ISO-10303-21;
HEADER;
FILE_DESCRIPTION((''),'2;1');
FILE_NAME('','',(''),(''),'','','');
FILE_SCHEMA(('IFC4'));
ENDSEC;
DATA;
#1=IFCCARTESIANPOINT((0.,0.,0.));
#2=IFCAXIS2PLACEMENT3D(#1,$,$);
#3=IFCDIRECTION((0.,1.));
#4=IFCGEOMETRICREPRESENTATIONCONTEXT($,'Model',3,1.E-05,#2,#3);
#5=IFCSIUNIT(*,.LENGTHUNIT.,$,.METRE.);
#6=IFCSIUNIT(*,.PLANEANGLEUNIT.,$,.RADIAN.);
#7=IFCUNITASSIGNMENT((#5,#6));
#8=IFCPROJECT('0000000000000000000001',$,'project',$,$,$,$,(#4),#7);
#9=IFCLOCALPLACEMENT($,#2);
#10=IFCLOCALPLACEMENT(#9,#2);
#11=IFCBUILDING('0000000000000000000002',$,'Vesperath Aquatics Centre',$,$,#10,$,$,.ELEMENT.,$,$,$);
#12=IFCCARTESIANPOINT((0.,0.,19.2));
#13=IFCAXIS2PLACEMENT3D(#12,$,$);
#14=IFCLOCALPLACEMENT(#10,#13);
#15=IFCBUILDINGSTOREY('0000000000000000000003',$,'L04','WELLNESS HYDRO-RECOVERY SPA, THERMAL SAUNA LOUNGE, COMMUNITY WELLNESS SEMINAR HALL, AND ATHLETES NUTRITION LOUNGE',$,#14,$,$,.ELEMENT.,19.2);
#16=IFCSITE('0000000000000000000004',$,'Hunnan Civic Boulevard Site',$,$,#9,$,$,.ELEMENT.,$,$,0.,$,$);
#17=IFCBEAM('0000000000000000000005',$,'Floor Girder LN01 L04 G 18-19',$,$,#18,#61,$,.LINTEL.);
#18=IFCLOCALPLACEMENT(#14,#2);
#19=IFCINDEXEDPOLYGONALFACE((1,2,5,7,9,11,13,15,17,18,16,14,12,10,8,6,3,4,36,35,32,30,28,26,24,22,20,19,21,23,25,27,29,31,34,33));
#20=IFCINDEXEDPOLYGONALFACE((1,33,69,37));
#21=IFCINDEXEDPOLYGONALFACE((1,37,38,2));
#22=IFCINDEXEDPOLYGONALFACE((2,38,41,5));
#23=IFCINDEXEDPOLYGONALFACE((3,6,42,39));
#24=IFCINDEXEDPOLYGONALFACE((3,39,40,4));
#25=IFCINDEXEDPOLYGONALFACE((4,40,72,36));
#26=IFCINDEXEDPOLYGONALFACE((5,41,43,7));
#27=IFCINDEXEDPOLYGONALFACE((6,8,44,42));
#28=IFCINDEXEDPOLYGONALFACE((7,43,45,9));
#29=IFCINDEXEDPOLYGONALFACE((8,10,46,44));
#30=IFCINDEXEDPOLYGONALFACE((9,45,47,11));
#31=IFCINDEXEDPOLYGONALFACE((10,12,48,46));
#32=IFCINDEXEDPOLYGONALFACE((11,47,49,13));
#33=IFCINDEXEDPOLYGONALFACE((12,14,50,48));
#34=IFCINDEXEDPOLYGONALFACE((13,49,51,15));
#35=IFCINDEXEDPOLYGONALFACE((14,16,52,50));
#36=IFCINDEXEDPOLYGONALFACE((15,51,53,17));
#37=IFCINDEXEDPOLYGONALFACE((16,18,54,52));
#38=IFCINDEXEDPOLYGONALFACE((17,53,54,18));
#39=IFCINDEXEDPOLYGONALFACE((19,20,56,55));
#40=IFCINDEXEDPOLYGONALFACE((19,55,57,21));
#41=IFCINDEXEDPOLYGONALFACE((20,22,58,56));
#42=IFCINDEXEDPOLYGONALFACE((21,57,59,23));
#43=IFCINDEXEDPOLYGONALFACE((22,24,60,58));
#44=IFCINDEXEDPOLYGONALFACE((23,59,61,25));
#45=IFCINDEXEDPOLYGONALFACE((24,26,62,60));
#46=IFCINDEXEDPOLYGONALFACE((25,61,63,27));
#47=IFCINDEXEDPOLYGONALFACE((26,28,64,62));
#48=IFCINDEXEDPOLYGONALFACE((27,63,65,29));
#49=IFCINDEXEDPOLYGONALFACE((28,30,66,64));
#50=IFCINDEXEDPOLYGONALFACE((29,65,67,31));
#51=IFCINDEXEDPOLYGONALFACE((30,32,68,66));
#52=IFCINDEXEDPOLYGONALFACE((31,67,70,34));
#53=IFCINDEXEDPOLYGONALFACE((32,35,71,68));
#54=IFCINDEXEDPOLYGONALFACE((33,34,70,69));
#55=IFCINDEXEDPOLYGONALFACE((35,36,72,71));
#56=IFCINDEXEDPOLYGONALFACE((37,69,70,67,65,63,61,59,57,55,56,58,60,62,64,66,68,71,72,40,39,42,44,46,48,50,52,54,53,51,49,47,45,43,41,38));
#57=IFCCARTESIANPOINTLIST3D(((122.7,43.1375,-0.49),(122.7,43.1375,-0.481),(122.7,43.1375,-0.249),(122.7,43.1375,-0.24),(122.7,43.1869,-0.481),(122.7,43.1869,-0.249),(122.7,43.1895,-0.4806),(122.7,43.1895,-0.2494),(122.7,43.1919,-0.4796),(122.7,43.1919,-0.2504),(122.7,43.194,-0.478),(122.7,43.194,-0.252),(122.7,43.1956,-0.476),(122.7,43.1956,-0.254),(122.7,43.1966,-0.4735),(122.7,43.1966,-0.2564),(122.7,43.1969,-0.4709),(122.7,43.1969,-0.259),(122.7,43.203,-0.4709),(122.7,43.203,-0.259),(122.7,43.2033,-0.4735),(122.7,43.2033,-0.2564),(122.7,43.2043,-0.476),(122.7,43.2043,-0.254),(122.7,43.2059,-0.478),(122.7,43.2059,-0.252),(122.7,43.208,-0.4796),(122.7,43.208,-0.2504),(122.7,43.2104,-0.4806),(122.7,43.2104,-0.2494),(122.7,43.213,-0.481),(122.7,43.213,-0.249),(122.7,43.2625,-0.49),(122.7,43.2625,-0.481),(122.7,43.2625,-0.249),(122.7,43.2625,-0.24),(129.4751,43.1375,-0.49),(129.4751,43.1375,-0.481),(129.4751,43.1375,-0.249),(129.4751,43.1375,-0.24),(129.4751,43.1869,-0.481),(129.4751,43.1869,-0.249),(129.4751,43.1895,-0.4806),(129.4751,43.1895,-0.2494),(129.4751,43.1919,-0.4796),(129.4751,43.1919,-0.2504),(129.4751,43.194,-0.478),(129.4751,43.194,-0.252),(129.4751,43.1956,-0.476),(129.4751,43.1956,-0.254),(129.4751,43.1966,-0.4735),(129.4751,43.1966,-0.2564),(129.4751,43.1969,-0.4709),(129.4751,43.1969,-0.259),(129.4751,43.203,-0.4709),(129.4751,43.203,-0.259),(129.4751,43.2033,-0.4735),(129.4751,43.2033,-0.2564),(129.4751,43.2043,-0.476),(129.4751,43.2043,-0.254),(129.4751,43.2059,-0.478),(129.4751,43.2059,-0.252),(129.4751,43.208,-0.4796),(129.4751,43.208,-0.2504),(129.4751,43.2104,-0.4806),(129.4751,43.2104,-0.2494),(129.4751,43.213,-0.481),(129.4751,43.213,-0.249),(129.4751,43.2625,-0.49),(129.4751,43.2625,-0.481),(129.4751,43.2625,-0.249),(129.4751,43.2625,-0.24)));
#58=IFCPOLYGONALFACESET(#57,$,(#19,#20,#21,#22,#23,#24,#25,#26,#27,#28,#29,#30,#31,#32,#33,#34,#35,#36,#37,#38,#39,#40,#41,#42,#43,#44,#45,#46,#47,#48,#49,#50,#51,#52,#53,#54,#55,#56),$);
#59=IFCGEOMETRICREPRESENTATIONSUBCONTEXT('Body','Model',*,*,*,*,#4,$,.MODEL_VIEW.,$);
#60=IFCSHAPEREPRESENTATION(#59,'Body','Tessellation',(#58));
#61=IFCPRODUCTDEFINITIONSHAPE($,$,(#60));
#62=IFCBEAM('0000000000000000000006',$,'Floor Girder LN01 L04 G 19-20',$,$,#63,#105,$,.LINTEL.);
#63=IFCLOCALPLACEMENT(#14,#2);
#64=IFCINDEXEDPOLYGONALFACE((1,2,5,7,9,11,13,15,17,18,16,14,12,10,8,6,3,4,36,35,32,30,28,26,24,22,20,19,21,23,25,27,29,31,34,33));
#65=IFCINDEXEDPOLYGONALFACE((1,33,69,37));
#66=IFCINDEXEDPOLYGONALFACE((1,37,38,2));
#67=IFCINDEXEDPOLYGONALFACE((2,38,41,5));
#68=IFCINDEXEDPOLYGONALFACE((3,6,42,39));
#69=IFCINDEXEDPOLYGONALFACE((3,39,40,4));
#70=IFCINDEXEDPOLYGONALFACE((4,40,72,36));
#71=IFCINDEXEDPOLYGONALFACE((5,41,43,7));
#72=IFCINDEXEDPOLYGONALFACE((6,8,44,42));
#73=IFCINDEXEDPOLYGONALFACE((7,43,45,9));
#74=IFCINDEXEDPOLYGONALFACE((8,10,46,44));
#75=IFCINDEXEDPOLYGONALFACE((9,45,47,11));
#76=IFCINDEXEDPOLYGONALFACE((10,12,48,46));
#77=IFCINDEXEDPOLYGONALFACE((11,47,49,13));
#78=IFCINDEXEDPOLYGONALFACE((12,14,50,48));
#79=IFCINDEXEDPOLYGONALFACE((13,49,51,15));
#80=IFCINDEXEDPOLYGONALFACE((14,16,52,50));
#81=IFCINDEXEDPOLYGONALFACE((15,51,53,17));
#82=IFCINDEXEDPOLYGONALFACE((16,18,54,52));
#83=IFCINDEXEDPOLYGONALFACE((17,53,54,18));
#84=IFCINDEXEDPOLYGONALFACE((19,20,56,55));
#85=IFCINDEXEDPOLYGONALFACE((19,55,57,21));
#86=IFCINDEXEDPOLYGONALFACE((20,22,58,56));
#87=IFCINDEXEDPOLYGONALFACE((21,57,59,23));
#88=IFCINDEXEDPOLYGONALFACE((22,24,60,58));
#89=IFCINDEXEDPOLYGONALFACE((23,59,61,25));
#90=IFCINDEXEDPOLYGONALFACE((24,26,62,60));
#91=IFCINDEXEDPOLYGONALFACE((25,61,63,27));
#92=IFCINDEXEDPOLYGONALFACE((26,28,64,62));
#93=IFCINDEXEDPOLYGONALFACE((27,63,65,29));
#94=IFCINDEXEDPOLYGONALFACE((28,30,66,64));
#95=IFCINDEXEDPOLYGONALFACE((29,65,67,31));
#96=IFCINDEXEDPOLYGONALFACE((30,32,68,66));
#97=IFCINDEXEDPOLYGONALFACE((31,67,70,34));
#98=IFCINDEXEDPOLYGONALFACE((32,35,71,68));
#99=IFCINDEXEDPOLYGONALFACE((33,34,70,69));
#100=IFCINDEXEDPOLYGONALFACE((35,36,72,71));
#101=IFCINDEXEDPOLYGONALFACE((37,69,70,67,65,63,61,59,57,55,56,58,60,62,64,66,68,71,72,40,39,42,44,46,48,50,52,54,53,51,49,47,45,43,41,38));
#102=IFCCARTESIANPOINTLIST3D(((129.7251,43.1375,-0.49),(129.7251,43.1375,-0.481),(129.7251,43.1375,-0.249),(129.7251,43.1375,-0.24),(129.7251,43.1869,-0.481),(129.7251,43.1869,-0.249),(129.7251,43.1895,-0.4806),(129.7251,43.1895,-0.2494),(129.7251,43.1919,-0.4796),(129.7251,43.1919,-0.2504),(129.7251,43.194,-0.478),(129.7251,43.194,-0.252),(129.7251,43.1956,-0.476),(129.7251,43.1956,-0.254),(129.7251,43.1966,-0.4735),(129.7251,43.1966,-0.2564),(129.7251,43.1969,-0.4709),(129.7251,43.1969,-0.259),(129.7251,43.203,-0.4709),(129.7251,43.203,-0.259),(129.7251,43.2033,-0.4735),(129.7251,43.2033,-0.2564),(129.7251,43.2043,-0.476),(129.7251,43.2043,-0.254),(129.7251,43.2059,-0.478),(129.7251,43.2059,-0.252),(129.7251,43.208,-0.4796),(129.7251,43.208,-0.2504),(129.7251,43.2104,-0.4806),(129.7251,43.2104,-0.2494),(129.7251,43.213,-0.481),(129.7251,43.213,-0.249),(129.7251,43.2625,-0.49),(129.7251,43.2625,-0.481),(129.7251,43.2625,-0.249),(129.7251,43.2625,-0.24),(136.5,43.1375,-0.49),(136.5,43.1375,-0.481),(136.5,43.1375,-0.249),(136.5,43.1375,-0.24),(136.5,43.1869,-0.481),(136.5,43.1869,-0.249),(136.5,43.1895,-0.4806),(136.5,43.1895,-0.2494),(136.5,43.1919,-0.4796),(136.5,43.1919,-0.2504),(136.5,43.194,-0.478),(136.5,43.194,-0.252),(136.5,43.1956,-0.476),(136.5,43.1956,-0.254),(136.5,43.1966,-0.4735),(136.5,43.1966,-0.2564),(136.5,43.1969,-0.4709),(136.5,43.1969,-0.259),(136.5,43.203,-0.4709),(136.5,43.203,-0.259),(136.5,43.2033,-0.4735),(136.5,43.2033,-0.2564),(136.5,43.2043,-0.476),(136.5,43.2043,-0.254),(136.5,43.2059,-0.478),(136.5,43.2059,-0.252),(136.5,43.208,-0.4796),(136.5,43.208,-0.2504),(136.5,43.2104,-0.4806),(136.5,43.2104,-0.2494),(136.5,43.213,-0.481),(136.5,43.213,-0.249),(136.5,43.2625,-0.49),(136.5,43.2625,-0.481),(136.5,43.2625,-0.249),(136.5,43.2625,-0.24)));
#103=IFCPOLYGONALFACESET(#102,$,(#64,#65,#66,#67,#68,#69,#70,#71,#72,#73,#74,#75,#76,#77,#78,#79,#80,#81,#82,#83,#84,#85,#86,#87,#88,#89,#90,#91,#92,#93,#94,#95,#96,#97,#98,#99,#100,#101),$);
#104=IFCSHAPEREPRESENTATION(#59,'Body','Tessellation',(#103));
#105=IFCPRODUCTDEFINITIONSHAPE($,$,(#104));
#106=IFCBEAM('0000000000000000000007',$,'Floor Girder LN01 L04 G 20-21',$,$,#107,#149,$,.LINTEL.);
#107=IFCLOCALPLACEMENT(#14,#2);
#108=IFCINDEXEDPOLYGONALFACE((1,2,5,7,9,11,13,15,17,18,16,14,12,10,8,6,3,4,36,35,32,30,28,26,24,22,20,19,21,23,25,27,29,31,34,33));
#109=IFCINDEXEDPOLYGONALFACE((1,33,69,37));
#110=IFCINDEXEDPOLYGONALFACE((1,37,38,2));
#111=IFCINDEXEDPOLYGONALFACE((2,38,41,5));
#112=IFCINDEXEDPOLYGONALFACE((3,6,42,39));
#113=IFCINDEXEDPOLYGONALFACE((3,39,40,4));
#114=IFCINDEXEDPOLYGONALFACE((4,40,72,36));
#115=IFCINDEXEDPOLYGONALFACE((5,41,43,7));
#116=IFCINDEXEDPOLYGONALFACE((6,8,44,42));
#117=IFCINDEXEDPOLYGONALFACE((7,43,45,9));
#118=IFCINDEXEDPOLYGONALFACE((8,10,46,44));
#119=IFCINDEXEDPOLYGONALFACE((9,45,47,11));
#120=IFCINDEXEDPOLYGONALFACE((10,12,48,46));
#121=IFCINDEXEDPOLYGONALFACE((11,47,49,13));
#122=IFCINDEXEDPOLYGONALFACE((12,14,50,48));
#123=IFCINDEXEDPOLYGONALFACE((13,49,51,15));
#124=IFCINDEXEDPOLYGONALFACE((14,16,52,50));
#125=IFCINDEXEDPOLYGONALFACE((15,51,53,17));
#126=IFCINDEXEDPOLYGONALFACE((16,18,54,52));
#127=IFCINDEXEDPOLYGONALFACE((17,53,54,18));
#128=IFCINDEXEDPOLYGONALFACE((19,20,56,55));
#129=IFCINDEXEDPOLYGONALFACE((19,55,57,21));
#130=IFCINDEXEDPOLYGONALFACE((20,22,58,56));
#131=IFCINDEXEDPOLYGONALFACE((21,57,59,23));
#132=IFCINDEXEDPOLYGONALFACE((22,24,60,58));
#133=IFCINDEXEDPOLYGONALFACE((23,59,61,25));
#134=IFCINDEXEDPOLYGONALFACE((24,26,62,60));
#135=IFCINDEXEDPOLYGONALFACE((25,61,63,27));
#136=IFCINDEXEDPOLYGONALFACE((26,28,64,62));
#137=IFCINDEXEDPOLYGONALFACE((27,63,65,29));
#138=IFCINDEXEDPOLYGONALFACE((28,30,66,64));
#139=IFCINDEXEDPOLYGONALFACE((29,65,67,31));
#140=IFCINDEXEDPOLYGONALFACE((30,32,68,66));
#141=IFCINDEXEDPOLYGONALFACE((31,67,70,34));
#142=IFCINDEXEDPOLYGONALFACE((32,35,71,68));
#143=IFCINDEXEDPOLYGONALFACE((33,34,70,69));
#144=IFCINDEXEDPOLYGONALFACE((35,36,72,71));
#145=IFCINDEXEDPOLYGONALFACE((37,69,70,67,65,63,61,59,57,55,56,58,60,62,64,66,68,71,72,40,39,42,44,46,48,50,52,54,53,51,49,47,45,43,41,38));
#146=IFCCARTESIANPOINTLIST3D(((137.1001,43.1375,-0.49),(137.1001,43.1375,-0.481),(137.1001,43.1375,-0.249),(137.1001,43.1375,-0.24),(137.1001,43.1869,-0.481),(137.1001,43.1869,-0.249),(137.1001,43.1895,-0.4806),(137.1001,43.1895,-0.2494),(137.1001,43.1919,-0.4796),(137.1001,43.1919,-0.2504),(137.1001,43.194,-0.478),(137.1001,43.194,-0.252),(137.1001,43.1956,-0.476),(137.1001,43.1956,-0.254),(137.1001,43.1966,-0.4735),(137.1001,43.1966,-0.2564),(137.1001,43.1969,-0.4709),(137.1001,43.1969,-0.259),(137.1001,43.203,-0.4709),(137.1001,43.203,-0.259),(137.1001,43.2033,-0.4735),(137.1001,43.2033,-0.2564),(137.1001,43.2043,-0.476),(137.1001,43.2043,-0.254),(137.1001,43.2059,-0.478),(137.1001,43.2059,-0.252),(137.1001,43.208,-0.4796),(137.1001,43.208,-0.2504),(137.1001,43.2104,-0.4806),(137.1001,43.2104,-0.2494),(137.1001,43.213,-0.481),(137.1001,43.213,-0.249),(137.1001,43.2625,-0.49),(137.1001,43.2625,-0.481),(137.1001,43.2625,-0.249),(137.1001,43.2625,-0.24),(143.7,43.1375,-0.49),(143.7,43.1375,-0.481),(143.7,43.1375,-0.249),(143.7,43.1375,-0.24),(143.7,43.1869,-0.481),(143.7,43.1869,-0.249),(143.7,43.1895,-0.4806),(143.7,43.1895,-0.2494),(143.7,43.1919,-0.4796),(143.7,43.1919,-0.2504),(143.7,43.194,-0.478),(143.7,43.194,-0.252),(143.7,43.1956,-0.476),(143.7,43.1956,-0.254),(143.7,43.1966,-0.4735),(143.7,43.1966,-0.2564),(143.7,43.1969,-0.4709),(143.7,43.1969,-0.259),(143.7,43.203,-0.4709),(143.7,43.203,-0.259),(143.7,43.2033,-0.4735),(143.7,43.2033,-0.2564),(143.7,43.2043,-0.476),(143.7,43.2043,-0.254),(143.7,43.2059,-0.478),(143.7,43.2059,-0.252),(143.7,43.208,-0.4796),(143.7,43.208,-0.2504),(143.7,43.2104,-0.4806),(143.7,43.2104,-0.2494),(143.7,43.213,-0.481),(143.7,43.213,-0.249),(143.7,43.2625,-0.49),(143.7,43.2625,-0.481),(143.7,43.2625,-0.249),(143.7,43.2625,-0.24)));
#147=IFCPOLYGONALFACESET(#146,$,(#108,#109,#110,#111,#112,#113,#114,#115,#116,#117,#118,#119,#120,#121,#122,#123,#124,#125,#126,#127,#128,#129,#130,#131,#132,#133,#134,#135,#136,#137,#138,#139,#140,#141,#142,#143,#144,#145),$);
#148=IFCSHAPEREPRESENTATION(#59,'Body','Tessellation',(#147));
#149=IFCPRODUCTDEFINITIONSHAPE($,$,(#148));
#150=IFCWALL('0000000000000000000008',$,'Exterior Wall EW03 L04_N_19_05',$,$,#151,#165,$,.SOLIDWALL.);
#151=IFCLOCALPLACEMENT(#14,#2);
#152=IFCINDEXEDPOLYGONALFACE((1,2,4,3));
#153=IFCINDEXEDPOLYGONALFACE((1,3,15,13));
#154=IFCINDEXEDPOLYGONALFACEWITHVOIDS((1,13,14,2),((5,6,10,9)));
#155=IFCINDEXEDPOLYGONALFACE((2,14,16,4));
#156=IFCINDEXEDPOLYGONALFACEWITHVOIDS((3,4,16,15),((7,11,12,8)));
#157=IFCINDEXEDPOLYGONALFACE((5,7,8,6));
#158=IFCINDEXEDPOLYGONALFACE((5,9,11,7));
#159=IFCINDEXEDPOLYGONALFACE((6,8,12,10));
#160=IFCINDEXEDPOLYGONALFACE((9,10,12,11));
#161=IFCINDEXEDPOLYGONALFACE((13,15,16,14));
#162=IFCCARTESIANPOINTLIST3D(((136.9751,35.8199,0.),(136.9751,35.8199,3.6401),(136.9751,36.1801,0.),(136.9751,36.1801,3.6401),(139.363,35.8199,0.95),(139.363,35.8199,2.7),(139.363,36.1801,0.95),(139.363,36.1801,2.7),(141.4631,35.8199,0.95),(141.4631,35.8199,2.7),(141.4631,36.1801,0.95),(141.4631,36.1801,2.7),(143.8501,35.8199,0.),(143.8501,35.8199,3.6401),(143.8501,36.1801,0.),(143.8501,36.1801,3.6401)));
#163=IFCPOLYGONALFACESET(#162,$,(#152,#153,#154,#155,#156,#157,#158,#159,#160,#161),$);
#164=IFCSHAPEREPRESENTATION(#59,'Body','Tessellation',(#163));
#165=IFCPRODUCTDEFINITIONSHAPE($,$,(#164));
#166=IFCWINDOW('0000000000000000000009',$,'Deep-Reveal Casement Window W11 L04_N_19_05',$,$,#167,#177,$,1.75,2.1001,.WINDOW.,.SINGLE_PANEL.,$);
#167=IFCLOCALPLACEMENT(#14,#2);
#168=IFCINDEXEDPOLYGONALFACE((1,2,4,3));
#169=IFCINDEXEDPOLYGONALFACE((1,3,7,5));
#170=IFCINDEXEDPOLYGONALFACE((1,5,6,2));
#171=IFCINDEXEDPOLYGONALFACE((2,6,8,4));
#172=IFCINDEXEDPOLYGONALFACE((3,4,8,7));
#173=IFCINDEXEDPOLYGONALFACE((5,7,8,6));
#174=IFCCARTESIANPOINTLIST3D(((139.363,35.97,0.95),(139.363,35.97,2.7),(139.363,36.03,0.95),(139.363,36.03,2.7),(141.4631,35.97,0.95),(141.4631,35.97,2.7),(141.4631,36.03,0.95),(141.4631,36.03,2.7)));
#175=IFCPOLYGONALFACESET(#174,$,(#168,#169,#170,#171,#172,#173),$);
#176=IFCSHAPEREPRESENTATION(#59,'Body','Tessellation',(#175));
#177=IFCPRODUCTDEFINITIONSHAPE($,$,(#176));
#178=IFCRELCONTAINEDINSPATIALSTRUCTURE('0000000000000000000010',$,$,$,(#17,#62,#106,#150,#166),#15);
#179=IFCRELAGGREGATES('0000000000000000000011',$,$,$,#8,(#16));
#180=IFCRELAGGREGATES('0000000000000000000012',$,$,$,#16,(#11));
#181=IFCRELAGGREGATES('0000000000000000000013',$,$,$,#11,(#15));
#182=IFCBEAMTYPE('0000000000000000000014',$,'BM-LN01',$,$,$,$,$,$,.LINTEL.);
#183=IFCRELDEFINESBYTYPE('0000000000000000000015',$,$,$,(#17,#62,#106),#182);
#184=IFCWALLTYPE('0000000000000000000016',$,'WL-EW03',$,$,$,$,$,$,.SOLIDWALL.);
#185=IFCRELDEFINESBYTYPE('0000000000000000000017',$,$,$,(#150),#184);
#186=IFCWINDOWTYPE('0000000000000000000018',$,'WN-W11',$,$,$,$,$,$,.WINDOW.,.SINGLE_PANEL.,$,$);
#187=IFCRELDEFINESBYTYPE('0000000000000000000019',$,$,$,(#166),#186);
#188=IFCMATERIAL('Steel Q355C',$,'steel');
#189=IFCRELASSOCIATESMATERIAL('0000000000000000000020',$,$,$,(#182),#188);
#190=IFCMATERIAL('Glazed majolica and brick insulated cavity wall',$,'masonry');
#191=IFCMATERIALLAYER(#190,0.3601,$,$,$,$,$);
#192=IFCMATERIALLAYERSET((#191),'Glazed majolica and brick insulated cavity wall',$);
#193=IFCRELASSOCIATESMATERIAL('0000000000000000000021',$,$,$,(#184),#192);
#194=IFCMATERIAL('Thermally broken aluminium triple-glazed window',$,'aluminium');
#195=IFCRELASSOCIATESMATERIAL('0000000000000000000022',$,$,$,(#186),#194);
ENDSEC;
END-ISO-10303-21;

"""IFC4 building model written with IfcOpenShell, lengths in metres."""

from ifc_helpers import new_model, si_unit, direction, frame, frame_2d, origin, origin_2d, place, context, subcontext, project, spatial, rectangle, i_section, extrude, material, layer, layer_set, material_profile, profile_set, type_object, element, fill, save


model = new_model("IFC4")

# Units and contexts
model_context = context("Model", 3, precision=1e-05, world=origin(), true_north=direction((0.0, 1.0)))
body_context = subcontext(model_context, "Body", "Model", "MODEL_VIEW")
ifc_project = project(units=[si_unit("LENGTHUNIT", "METRE"), si_unit("PLANEANGLEUNIT", "RADIAN")], contexts=[model_context])

# Site, building, storey
site_placement = place(None, origin())
site = spatial("IfcSite", under=ifc_project, at=site_placement, Name="Hunnan Civic Boulevard Site", CompositionType="ELEMENT", RefElevation=0.0)
building_placement = place(site_placement, origin())
building = spatial("IfcBuilding", under=site, at=building_placement, Name="Vesperath Aquatics Centre", CompositionType="ELEMENT")
storey_placement = place(building_placement, frame((0.0, 0.0, 19.2)))
storey = spatial("IfcBuildingStorey", under=building, at=storey_placement, Name="L04", Description="WELLNESS HYDRO-RECOVERY SPA, THERMAL SAUNA LOUNGE, COMMUNITY WELLNESS SEMINAR HALL, AND ATHLETES NUTRITION LOUNGE", CompositionType="ELEMENT", Elevation=19.2)

# Shared definitions
ifc_material_1 = material(Name="Steel Q355C", Category="steel")

# Beams
ifc_material_profile_1 = material_profile(ifc_material_1, i_section(OverallWidth=0.125, OverallDepth=0.25, WebThickness=0.0061, FlangeThickness=0.009, FilletRadius=0.01, at=origin_2d()), Name="HN 250x125x6x9")
ifc_profile_set_1 = profile_set([ifc_material_profile_1], Name="Steel Q355C")
beam_type_1 = type_object("IfcBeamType", Name="BM-LN01", PredefinedType="LINTEL", material=ifc_profile_set_1)
beam_1_placement = place(storey_placement, frame((122.7, 43.2, -0.365), z_axis=(1.0, 0.0, 0.0), x_axis=(0.0, 1.0, 0.0)))
element("IfcBeam", 1, at=beam_1_placement, inside=storey, type_object=beam_type_1, Name="Floor Girder LN01 L04 G 18-19", PredefinedType="LINTEL", context=body_context, shape_type="SweptSolid", body=[
    extrude(i_section(OverallWidth=0.125, OverallDepth=0.25, WebThickness=0.0061, FlangeThickness=0.009, FilletRadius=0.01, at=origin_2d()), origin(), (0.0, 0.0, 1.0), 6.7751),
])
beam_2_placement = place(storey_placement, frame((129.7251, 43.2, -0.365), z_axis=(1.0, 0.0, 0.0), x_axis=(0.0, 1.0, 0.0)))
element("IfcBeam", 2, at=beam_2_placement, inside=storey, type_object=beam_type_1, Name="Floor Girder LN01 L04 G 19-20", PredefinedType="LINTEL", context=body_context, shape_type="SweptSolid", body=[
    extrude(i_section(OverallWidth=0.125, OverallDepth=0.25, WebThickness=0.0061, FlangeThickness=0.009, FilletRadius=0.01, at=origin_2d()), origin(), (0.0, 0.0, 1.0), 6.7749),
])
beam_3_placement = place(storey_placement, frame((137.1001, 43.2, -0.365), z_axis=(1.0, 0.0, 0.0), x_axis=(0.0, 1.0, 0.0)))
element("IfcBeam", 3, at=beam_3_placement, inside=storey, type_object=beam_type_1, Name="Floor Girder LN01 L04 G 20-21", PredefinedType="LINTEL", context=body_context, shape_type="SweptSolid", body=[
    extrude(i_section(OverallWidth=0.125, OverallDepth=0.25, WebThickness=0.0061, FlangeThickness=0.009, FilletRadius=0.01, at=origin_2d()), origin(), (0.0, 0.0, 1.0), 6.5999),
])

# Wall, opening, window
ifc_material_2 = material(Name="Glazed majolica and brick insulated cavity wall", Category="masonry")
ifc_layer_1 = layer(ifc_material_2, 0.3601)
ifc_layer_set_1 = layer_set([ifc_layer_1], Name="Glazed majolica and brick insulated cavity wall")
wall_type_1 = type_object("IfcWallType", Name="WL-EW03", PredefinedType="SOLIDWALL", material=ifc_layer_set_1)
wall_1_placement = place(storey_placement, frame((136.9751, 36.0, 0.0), z_axis=(0.0, 0.0, 1.0), x_axis=(1.0, 0.0, 0.0)))
wall_1 = element("IfcWall", 4, at=wall_1_placement, inside=storey, type_object=wall_type_1, Name="Exterior Wall EW03 L04_N_19_05", PredefinedType="SOLIDWALL", context=body_context, shape_type="SweptSolid", body=[
    extrude(rectangle(XDim=6.875, YDim=0.3601, at=frame_2d((3.4375, 0.0))), origin(), (0.0, 0.0, 1.0), 3.6401),
])
opening_1_placement = place(wall_1_placement, frame((2.3879, 0.0, 0.95)))
opening_1 = element("IfcOpeningElement", 5, at=opening_1_placement, cuts=wall_1, PredefinedType="OPENING", context=body_context, shape_type="SweptSolid", body=[
    extrude(rectangle(XDim=2.1001, YDim=1.75, at=frame_2d((1.05, 0.875))), frame((0.0, 0.1948, 0.0), z_axis=(0.0, -1.0, 0.0), x_axis=(1.0, 0.0, 0.0)), (0.0, 0.0, 1.0), 0.3899),
])
ifc_material_3 = material(Name="Thermally broken aluminium triple-glazed window", Category="aluminium")
window_type_1 = type_object("IfcWindowType", Name="WN-W11", PartitioningType="SINGLE_PANEL", PredefinedType="WINDOW", material=ifc_material_3)
window_1_placement = place(opening_1_placement, origin())
window_1 = element("IfcWindow", 6, at=window_1_placement, inside=storey, type_object=window_type_1, Name="Deep-Reveal Casement Window W11 L04_N_19_05", OverallHeight=1.75, OverallWidth=2.1001, PartitioningType="SINGLE_PANEL", PredefinedType="WINDOW", context=body_context, shape_type="SweptSolid", body=[
    extrude(rectangle(XDim=2.1001, YDim=1.75, at=frame_2d((1.05, 0.875))), frame((0.0, 0.03, 0.0), z_axis=(0.0, -1.0, 0.0), x_axis=(1.0, 0.0, 0.0)), (0.0, 0.0, 1.0), 0.0601),
])
fill(opening_1, window_1)

save(model, "model.ifc")
